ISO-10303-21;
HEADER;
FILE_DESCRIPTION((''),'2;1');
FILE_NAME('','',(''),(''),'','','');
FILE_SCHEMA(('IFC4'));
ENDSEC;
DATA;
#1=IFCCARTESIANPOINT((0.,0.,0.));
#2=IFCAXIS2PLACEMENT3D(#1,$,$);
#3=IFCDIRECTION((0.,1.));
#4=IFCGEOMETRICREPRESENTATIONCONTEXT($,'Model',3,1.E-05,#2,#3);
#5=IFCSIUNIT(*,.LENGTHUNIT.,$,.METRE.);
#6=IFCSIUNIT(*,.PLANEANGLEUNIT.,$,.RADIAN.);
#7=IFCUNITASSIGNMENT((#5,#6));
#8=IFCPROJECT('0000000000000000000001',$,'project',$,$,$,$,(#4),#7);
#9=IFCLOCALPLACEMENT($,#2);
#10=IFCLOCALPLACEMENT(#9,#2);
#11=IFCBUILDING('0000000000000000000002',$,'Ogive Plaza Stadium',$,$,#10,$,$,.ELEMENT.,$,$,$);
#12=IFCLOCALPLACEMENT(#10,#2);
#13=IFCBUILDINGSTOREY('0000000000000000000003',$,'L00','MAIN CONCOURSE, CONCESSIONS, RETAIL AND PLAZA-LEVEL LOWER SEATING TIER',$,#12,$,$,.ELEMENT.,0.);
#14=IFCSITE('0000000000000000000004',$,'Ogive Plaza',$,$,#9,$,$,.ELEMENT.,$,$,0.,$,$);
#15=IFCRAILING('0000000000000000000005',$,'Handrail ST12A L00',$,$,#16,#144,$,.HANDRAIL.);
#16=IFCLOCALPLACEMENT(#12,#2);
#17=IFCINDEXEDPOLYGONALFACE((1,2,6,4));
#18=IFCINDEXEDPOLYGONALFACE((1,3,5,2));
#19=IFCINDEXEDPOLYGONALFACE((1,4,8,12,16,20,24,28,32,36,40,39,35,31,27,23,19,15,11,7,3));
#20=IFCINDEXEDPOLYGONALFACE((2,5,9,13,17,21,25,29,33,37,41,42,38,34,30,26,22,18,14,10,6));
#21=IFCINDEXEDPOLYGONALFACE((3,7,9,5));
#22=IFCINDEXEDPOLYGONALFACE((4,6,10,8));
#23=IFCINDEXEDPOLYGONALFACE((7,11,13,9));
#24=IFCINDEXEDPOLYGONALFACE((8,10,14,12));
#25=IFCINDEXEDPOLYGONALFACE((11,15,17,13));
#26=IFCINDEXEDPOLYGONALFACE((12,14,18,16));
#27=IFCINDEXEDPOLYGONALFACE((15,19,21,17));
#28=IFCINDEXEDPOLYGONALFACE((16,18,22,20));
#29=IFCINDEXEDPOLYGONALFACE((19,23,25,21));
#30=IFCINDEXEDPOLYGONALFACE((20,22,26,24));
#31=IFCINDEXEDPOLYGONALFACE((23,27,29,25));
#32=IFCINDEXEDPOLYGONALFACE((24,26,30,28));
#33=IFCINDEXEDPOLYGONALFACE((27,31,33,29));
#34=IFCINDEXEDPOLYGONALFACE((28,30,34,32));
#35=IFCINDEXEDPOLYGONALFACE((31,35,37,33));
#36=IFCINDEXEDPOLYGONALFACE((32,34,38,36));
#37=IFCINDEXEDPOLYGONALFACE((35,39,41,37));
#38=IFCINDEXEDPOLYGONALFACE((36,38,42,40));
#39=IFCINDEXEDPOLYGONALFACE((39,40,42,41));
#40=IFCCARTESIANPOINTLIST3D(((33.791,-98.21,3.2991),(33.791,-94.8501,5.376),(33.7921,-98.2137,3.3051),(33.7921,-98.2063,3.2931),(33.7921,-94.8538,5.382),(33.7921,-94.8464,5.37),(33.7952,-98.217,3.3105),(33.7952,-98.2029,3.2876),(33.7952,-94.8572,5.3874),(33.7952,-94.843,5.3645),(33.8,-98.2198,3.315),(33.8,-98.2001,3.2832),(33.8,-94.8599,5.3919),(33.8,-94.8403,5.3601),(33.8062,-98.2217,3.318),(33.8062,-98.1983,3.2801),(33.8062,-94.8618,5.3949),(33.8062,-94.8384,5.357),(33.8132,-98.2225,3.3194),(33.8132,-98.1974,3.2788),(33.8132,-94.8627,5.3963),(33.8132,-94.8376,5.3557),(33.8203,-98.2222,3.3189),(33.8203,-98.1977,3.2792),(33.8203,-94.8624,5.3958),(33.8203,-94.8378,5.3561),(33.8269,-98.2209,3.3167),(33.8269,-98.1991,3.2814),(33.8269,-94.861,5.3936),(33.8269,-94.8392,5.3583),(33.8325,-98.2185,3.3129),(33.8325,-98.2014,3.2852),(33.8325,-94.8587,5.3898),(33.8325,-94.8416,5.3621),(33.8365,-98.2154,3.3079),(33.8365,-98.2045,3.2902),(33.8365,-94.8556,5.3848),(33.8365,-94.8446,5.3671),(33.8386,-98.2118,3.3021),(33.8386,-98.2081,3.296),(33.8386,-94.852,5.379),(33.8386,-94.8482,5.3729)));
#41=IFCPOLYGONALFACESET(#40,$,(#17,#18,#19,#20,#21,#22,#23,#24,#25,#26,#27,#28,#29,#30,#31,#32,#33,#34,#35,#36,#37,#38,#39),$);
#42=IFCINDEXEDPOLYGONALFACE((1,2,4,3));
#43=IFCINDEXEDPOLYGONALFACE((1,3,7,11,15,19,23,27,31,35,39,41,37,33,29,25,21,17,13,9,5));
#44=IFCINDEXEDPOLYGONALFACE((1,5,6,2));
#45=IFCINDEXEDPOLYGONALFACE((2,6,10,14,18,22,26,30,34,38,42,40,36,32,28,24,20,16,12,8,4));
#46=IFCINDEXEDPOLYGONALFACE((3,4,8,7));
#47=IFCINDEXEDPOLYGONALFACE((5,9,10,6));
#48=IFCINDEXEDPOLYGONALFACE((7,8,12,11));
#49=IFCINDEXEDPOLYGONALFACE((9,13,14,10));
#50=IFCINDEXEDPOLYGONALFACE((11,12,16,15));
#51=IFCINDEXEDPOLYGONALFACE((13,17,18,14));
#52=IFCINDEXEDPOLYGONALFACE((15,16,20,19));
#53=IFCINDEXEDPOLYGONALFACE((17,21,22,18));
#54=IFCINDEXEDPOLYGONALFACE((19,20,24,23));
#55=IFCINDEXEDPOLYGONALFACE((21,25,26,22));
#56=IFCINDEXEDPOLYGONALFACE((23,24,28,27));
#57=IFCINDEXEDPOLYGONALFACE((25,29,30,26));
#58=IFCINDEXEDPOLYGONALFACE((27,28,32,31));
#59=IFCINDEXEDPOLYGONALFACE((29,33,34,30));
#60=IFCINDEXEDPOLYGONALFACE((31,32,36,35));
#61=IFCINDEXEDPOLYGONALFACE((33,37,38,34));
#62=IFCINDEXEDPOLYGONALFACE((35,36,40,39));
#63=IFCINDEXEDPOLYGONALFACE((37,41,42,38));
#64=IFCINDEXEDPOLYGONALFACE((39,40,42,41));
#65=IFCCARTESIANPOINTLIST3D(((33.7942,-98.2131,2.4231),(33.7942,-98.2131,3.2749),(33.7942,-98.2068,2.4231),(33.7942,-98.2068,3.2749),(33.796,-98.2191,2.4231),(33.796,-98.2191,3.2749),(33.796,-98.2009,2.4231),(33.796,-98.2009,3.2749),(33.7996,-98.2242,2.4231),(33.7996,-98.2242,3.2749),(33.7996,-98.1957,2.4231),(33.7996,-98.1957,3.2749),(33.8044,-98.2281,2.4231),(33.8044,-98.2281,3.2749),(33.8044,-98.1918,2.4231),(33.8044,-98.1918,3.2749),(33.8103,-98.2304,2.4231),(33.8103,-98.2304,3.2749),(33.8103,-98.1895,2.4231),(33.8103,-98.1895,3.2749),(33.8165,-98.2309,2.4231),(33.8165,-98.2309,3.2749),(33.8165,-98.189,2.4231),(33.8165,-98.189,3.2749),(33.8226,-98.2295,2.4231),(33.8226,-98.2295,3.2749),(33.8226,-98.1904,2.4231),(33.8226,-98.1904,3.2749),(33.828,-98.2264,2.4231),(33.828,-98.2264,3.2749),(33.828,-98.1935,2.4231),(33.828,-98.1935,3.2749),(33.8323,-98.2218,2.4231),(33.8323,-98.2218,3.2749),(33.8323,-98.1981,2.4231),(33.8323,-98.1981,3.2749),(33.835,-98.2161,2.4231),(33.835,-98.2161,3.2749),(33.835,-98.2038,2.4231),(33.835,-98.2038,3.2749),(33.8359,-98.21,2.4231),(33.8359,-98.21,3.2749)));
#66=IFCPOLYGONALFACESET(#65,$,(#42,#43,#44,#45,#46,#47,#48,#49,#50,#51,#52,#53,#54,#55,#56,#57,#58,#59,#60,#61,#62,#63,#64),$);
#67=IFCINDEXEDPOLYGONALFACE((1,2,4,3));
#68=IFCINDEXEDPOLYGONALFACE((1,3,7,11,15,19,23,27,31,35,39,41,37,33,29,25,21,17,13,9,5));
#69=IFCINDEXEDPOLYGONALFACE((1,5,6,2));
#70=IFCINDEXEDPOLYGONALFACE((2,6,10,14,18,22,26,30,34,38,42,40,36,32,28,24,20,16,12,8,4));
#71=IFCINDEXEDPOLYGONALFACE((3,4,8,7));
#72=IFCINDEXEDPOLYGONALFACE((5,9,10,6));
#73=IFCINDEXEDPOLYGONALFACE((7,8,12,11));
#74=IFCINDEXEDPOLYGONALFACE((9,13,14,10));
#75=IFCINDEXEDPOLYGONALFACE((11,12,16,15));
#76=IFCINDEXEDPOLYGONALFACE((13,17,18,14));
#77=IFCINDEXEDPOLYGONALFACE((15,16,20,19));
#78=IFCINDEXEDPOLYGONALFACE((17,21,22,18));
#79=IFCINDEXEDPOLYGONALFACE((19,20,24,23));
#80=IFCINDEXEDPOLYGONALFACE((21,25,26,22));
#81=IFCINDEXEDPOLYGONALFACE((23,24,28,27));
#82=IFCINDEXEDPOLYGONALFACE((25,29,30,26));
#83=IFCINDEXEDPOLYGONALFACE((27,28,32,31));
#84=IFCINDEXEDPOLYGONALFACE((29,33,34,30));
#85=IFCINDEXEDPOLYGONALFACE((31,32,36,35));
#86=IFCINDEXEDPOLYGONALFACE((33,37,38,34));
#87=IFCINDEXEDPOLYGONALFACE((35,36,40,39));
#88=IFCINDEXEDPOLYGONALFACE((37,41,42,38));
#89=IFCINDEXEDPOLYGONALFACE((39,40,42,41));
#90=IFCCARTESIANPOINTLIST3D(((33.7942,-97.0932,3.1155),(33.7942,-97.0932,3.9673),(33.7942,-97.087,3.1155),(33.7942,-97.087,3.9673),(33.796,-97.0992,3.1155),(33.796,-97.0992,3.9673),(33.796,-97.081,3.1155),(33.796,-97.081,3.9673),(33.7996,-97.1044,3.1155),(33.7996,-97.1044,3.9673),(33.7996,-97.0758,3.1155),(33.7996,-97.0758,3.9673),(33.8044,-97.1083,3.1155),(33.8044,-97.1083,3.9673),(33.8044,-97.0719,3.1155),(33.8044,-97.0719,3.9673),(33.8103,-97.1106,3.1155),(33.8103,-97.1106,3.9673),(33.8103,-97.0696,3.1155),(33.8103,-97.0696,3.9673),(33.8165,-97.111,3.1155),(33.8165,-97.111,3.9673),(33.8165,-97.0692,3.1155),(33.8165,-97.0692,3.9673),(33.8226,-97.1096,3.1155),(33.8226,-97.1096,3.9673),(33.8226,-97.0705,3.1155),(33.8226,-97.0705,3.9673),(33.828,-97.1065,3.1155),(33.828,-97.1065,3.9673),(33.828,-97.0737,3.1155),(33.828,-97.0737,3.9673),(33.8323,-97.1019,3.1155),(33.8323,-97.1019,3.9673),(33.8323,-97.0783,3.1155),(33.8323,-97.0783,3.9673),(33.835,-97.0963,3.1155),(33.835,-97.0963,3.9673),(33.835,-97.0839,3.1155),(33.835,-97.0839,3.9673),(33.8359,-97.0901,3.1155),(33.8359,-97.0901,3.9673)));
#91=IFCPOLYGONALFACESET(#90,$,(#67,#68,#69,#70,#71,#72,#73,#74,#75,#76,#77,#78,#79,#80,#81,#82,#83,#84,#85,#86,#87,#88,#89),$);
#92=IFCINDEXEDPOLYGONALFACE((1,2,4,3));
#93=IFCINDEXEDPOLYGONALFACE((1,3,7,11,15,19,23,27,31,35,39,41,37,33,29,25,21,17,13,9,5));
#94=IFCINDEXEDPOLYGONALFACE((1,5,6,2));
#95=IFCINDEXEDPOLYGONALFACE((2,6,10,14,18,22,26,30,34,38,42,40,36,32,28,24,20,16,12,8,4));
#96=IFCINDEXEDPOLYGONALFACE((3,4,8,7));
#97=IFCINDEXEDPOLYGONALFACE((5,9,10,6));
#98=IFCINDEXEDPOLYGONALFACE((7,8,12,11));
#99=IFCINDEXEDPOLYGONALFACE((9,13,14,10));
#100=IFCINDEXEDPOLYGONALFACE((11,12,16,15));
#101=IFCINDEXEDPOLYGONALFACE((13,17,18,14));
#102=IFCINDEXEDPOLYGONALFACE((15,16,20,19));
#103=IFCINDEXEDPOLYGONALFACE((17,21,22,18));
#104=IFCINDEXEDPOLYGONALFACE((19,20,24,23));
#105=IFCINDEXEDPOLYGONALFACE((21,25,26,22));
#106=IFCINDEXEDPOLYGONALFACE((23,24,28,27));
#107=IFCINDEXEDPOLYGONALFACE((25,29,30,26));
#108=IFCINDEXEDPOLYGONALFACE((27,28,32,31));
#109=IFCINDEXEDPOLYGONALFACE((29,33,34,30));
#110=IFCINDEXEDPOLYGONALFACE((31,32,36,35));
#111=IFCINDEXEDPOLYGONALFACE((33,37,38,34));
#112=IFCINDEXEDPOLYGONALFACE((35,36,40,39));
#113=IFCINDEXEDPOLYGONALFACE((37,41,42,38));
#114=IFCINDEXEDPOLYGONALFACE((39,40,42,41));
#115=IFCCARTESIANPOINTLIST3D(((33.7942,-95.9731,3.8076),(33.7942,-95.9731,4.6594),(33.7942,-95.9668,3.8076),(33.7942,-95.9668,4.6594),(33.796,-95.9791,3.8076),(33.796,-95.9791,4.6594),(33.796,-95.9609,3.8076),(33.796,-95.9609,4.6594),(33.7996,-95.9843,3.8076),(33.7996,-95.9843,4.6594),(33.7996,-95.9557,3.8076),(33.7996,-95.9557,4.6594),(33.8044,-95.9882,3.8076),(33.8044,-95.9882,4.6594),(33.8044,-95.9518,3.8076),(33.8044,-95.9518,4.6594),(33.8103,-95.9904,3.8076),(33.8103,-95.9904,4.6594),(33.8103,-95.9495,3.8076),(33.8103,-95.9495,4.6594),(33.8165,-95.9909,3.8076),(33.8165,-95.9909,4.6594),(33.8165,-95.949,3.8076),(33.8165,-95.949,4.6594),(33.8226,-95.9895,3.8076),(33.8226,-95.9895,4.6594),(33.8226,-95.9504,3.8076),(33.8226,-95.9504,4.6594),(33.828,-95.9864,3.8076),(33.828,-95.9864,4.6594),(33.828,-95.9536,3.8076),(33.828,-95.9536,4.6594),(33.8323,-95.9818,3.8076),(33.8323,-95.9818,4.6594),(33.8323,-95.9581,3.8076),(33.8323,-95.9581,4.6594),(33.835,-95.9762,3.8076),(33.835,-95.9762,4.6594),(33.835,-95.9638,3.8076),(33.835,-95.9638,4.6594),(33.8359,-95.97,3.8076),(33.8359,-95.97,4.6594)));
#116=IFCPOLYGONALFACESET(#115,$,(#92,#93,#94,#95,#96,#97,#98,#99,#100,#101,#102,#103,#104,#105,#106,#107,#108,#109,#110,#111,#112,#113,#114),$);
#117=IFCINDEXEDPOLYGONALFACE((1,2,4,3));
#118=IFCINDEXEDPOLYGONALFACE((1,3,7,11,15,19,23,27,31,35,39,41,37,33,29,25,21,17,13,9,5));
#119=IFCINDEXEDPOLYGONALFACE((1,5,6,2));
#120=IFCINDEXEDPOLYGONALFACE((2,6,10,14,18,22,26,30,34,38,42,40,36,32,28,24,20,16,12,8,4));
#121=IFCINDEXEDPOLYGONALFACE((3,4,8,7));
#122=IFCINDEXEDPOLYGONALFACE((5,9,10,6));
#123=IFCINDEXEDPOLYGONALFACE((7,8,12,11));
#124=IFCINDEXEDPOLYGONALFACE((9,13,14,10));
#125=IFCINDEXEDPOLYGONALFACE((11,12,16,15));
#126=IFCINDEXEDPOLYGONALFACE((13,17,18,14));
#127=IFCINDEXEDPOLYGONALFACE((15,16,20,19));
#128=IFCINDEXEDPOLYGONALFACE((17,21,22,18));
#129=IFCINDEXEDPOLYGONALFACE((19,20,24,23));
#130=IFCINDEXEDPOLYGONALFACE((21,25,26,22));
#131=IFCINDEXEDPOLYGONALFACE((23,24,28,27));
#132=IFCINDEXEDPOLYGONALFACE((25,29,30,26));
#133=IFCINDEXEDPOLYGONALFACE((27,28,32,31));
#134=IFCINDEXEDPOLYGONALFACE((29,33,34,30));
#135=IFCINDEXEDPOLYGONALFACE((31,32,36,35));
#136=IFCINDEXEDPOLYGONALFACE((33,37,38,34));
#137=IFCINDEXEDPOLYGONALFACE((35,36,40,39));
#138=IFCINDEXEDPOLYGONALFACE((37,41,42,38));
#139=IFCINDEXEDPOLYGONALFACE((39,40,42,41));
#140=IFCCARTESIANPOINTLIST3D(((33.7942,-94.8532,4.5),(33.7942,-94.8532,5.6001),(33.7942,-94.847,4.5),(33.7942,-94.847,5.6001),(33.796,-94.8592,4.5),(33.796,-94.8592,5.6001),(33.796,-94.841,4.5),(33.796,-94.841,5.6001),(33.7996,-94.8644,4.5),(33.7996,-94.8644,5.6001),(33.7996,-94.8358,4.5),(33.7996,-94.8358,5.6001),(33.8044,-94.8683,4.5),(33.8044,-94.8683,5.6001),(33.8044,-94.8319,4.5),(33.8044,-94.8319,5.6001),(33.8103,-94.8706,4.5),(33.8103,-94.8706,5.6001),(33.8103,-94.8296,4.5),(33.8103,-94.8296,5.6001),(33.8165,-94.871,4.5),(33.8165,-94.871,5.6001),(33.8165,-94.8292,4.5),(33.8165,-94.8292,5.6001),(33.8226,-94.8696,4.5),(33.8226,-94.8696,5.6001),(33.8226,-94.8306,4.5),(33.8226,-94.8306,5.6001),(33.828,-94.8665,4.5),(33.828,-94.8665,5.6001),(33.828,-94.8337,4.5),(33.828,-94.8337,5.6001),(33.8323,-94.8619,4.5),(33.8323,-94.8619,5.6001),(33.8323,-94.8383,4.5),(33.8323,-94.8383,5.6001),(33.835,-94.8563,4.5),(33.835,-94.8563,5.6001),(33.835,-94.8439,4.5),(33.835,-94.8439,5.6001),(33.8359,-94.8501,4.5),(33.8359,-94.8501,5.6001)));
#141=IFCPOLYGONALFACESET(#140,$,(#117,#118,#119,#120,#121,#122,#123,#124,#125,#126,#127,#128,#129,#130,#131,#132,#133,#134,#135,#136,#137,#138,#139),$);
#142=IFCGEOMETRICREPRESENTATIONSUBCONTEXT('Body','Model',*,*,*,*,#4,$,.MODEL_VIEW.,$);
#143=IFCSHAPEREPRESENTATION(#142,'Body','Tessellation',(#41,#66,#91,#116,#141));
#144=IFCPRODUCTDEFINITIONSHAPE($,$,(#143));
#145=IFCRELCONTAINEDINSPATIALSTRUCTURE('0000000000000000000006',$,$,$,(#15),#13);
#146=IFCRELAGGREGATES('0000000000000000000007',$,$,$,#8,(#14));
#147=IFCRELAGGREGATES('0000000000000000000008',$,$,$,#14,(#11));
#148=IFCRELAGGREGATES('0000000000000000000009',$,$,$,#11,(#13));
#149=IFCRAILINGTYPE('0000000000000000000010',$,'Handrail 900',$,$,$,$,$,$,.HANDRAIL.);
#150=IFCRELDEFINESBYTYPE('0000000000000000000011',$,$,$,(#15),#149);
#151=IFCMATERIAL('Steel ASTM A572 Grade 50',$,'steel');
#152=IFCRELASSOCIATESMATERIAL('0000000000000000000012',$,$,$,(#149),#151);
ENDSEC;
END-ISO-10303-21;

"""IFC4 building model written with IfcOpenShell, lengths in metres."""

from ifc_helpers import new_model, si_unit, direction, frame, origin, origin_2d, place, context, subcontext, project, spatial, circle, extrude, material, type_object, element, save


model = new_model("IFC4")

# Units and contexts
model_context = context("Model", 3, precision=1e-05, world=origin(), true_north=direction((0.0, 1.0)))
body_context = subcontext(model_context, "Body", "Model", "MODEL_VIEW")
ifc_project = project(units=[si_unit("LENGTHUNIT", "METRE"), si_unit("PLANEANGLEUNIT", "RADIAN")], contexts=[model_context])

# Site, building, storey
site_placement = place(None, origin())
site = spatial("IfcSite", under=ifc_project, at=site_placement, Name="Ogive Plaza", CompositionType="ELEMENT", RefElevation=0.0)
building_placement = place(site_placement, origin())
building = spatial("IfcBuilding", under=site, at=building_placement, Name="Ogive Plaza Stadium", CompositionType="ELEMENT")
storey_placement = place(building_placement, origin())
storey = spatial("IfcBuildingStorey", under=building, at=storey_placement, Name="L00", Description="MAIN CONCOURSE, CONCESSIONS, RETAIL AND PLAZA-LEVEL LOWER SEATING TIER", CompositionType="ELEMENT", Elevation=0.0)

# Railing
ifc_material_1 = material(Name="Steel ASTM A572 Grade 50", Category="steel")
railing_type_1 = type_object("IfcRailingType", Name="Handrail 900", PredefinedType="HANDRAIL", material=ifc_material_1)
for number, where, name in (
    (1, (33.8149, -98.21, 2.4231), "Handrail ST12A L00"),
):
    element("IfcRailing", number, at=place(storey_placement, frame(where)), inside=storey, type_object=railing_type_1, Name=name, PredefinedType="HANDRAIL", context=body_context, shape_type="SweptSolid", body=[
        extrude(circle(Radius=0.0239, at=origin_2d()), frame((0.0, 0.0, 0.876), z_axis=(0.0, 0.850606, 0.525803), x_axis=(-1.0, 0.0, 0.0)), (0.0, 0.0, 1.0), 3.95),
        extrude(circle(Radius=0.021, at=origin_2d()), origin(), (0.0, 0.0, 1.0), 0.8518),
        extrude(circle(Radius=0.021, at=origin_2d()), frame((0.0, 1.1199, 0.6924)), (0.0, 0.0, 1.0), 0.8518),
        extrude(circle(Radius=0.021, at=origin_2d()), frame((0.0, 2.24, 1.3845)), (0.0, 0.0, 1.0), 0.8518),
        extrude(circle(Radius=0.021, at=origin_2d()), frame((0.0, 3.3599, 2.0769)), (0.0, 0.0, 1.0), 1.1001),
    ])

save(model, "model.ifc")
